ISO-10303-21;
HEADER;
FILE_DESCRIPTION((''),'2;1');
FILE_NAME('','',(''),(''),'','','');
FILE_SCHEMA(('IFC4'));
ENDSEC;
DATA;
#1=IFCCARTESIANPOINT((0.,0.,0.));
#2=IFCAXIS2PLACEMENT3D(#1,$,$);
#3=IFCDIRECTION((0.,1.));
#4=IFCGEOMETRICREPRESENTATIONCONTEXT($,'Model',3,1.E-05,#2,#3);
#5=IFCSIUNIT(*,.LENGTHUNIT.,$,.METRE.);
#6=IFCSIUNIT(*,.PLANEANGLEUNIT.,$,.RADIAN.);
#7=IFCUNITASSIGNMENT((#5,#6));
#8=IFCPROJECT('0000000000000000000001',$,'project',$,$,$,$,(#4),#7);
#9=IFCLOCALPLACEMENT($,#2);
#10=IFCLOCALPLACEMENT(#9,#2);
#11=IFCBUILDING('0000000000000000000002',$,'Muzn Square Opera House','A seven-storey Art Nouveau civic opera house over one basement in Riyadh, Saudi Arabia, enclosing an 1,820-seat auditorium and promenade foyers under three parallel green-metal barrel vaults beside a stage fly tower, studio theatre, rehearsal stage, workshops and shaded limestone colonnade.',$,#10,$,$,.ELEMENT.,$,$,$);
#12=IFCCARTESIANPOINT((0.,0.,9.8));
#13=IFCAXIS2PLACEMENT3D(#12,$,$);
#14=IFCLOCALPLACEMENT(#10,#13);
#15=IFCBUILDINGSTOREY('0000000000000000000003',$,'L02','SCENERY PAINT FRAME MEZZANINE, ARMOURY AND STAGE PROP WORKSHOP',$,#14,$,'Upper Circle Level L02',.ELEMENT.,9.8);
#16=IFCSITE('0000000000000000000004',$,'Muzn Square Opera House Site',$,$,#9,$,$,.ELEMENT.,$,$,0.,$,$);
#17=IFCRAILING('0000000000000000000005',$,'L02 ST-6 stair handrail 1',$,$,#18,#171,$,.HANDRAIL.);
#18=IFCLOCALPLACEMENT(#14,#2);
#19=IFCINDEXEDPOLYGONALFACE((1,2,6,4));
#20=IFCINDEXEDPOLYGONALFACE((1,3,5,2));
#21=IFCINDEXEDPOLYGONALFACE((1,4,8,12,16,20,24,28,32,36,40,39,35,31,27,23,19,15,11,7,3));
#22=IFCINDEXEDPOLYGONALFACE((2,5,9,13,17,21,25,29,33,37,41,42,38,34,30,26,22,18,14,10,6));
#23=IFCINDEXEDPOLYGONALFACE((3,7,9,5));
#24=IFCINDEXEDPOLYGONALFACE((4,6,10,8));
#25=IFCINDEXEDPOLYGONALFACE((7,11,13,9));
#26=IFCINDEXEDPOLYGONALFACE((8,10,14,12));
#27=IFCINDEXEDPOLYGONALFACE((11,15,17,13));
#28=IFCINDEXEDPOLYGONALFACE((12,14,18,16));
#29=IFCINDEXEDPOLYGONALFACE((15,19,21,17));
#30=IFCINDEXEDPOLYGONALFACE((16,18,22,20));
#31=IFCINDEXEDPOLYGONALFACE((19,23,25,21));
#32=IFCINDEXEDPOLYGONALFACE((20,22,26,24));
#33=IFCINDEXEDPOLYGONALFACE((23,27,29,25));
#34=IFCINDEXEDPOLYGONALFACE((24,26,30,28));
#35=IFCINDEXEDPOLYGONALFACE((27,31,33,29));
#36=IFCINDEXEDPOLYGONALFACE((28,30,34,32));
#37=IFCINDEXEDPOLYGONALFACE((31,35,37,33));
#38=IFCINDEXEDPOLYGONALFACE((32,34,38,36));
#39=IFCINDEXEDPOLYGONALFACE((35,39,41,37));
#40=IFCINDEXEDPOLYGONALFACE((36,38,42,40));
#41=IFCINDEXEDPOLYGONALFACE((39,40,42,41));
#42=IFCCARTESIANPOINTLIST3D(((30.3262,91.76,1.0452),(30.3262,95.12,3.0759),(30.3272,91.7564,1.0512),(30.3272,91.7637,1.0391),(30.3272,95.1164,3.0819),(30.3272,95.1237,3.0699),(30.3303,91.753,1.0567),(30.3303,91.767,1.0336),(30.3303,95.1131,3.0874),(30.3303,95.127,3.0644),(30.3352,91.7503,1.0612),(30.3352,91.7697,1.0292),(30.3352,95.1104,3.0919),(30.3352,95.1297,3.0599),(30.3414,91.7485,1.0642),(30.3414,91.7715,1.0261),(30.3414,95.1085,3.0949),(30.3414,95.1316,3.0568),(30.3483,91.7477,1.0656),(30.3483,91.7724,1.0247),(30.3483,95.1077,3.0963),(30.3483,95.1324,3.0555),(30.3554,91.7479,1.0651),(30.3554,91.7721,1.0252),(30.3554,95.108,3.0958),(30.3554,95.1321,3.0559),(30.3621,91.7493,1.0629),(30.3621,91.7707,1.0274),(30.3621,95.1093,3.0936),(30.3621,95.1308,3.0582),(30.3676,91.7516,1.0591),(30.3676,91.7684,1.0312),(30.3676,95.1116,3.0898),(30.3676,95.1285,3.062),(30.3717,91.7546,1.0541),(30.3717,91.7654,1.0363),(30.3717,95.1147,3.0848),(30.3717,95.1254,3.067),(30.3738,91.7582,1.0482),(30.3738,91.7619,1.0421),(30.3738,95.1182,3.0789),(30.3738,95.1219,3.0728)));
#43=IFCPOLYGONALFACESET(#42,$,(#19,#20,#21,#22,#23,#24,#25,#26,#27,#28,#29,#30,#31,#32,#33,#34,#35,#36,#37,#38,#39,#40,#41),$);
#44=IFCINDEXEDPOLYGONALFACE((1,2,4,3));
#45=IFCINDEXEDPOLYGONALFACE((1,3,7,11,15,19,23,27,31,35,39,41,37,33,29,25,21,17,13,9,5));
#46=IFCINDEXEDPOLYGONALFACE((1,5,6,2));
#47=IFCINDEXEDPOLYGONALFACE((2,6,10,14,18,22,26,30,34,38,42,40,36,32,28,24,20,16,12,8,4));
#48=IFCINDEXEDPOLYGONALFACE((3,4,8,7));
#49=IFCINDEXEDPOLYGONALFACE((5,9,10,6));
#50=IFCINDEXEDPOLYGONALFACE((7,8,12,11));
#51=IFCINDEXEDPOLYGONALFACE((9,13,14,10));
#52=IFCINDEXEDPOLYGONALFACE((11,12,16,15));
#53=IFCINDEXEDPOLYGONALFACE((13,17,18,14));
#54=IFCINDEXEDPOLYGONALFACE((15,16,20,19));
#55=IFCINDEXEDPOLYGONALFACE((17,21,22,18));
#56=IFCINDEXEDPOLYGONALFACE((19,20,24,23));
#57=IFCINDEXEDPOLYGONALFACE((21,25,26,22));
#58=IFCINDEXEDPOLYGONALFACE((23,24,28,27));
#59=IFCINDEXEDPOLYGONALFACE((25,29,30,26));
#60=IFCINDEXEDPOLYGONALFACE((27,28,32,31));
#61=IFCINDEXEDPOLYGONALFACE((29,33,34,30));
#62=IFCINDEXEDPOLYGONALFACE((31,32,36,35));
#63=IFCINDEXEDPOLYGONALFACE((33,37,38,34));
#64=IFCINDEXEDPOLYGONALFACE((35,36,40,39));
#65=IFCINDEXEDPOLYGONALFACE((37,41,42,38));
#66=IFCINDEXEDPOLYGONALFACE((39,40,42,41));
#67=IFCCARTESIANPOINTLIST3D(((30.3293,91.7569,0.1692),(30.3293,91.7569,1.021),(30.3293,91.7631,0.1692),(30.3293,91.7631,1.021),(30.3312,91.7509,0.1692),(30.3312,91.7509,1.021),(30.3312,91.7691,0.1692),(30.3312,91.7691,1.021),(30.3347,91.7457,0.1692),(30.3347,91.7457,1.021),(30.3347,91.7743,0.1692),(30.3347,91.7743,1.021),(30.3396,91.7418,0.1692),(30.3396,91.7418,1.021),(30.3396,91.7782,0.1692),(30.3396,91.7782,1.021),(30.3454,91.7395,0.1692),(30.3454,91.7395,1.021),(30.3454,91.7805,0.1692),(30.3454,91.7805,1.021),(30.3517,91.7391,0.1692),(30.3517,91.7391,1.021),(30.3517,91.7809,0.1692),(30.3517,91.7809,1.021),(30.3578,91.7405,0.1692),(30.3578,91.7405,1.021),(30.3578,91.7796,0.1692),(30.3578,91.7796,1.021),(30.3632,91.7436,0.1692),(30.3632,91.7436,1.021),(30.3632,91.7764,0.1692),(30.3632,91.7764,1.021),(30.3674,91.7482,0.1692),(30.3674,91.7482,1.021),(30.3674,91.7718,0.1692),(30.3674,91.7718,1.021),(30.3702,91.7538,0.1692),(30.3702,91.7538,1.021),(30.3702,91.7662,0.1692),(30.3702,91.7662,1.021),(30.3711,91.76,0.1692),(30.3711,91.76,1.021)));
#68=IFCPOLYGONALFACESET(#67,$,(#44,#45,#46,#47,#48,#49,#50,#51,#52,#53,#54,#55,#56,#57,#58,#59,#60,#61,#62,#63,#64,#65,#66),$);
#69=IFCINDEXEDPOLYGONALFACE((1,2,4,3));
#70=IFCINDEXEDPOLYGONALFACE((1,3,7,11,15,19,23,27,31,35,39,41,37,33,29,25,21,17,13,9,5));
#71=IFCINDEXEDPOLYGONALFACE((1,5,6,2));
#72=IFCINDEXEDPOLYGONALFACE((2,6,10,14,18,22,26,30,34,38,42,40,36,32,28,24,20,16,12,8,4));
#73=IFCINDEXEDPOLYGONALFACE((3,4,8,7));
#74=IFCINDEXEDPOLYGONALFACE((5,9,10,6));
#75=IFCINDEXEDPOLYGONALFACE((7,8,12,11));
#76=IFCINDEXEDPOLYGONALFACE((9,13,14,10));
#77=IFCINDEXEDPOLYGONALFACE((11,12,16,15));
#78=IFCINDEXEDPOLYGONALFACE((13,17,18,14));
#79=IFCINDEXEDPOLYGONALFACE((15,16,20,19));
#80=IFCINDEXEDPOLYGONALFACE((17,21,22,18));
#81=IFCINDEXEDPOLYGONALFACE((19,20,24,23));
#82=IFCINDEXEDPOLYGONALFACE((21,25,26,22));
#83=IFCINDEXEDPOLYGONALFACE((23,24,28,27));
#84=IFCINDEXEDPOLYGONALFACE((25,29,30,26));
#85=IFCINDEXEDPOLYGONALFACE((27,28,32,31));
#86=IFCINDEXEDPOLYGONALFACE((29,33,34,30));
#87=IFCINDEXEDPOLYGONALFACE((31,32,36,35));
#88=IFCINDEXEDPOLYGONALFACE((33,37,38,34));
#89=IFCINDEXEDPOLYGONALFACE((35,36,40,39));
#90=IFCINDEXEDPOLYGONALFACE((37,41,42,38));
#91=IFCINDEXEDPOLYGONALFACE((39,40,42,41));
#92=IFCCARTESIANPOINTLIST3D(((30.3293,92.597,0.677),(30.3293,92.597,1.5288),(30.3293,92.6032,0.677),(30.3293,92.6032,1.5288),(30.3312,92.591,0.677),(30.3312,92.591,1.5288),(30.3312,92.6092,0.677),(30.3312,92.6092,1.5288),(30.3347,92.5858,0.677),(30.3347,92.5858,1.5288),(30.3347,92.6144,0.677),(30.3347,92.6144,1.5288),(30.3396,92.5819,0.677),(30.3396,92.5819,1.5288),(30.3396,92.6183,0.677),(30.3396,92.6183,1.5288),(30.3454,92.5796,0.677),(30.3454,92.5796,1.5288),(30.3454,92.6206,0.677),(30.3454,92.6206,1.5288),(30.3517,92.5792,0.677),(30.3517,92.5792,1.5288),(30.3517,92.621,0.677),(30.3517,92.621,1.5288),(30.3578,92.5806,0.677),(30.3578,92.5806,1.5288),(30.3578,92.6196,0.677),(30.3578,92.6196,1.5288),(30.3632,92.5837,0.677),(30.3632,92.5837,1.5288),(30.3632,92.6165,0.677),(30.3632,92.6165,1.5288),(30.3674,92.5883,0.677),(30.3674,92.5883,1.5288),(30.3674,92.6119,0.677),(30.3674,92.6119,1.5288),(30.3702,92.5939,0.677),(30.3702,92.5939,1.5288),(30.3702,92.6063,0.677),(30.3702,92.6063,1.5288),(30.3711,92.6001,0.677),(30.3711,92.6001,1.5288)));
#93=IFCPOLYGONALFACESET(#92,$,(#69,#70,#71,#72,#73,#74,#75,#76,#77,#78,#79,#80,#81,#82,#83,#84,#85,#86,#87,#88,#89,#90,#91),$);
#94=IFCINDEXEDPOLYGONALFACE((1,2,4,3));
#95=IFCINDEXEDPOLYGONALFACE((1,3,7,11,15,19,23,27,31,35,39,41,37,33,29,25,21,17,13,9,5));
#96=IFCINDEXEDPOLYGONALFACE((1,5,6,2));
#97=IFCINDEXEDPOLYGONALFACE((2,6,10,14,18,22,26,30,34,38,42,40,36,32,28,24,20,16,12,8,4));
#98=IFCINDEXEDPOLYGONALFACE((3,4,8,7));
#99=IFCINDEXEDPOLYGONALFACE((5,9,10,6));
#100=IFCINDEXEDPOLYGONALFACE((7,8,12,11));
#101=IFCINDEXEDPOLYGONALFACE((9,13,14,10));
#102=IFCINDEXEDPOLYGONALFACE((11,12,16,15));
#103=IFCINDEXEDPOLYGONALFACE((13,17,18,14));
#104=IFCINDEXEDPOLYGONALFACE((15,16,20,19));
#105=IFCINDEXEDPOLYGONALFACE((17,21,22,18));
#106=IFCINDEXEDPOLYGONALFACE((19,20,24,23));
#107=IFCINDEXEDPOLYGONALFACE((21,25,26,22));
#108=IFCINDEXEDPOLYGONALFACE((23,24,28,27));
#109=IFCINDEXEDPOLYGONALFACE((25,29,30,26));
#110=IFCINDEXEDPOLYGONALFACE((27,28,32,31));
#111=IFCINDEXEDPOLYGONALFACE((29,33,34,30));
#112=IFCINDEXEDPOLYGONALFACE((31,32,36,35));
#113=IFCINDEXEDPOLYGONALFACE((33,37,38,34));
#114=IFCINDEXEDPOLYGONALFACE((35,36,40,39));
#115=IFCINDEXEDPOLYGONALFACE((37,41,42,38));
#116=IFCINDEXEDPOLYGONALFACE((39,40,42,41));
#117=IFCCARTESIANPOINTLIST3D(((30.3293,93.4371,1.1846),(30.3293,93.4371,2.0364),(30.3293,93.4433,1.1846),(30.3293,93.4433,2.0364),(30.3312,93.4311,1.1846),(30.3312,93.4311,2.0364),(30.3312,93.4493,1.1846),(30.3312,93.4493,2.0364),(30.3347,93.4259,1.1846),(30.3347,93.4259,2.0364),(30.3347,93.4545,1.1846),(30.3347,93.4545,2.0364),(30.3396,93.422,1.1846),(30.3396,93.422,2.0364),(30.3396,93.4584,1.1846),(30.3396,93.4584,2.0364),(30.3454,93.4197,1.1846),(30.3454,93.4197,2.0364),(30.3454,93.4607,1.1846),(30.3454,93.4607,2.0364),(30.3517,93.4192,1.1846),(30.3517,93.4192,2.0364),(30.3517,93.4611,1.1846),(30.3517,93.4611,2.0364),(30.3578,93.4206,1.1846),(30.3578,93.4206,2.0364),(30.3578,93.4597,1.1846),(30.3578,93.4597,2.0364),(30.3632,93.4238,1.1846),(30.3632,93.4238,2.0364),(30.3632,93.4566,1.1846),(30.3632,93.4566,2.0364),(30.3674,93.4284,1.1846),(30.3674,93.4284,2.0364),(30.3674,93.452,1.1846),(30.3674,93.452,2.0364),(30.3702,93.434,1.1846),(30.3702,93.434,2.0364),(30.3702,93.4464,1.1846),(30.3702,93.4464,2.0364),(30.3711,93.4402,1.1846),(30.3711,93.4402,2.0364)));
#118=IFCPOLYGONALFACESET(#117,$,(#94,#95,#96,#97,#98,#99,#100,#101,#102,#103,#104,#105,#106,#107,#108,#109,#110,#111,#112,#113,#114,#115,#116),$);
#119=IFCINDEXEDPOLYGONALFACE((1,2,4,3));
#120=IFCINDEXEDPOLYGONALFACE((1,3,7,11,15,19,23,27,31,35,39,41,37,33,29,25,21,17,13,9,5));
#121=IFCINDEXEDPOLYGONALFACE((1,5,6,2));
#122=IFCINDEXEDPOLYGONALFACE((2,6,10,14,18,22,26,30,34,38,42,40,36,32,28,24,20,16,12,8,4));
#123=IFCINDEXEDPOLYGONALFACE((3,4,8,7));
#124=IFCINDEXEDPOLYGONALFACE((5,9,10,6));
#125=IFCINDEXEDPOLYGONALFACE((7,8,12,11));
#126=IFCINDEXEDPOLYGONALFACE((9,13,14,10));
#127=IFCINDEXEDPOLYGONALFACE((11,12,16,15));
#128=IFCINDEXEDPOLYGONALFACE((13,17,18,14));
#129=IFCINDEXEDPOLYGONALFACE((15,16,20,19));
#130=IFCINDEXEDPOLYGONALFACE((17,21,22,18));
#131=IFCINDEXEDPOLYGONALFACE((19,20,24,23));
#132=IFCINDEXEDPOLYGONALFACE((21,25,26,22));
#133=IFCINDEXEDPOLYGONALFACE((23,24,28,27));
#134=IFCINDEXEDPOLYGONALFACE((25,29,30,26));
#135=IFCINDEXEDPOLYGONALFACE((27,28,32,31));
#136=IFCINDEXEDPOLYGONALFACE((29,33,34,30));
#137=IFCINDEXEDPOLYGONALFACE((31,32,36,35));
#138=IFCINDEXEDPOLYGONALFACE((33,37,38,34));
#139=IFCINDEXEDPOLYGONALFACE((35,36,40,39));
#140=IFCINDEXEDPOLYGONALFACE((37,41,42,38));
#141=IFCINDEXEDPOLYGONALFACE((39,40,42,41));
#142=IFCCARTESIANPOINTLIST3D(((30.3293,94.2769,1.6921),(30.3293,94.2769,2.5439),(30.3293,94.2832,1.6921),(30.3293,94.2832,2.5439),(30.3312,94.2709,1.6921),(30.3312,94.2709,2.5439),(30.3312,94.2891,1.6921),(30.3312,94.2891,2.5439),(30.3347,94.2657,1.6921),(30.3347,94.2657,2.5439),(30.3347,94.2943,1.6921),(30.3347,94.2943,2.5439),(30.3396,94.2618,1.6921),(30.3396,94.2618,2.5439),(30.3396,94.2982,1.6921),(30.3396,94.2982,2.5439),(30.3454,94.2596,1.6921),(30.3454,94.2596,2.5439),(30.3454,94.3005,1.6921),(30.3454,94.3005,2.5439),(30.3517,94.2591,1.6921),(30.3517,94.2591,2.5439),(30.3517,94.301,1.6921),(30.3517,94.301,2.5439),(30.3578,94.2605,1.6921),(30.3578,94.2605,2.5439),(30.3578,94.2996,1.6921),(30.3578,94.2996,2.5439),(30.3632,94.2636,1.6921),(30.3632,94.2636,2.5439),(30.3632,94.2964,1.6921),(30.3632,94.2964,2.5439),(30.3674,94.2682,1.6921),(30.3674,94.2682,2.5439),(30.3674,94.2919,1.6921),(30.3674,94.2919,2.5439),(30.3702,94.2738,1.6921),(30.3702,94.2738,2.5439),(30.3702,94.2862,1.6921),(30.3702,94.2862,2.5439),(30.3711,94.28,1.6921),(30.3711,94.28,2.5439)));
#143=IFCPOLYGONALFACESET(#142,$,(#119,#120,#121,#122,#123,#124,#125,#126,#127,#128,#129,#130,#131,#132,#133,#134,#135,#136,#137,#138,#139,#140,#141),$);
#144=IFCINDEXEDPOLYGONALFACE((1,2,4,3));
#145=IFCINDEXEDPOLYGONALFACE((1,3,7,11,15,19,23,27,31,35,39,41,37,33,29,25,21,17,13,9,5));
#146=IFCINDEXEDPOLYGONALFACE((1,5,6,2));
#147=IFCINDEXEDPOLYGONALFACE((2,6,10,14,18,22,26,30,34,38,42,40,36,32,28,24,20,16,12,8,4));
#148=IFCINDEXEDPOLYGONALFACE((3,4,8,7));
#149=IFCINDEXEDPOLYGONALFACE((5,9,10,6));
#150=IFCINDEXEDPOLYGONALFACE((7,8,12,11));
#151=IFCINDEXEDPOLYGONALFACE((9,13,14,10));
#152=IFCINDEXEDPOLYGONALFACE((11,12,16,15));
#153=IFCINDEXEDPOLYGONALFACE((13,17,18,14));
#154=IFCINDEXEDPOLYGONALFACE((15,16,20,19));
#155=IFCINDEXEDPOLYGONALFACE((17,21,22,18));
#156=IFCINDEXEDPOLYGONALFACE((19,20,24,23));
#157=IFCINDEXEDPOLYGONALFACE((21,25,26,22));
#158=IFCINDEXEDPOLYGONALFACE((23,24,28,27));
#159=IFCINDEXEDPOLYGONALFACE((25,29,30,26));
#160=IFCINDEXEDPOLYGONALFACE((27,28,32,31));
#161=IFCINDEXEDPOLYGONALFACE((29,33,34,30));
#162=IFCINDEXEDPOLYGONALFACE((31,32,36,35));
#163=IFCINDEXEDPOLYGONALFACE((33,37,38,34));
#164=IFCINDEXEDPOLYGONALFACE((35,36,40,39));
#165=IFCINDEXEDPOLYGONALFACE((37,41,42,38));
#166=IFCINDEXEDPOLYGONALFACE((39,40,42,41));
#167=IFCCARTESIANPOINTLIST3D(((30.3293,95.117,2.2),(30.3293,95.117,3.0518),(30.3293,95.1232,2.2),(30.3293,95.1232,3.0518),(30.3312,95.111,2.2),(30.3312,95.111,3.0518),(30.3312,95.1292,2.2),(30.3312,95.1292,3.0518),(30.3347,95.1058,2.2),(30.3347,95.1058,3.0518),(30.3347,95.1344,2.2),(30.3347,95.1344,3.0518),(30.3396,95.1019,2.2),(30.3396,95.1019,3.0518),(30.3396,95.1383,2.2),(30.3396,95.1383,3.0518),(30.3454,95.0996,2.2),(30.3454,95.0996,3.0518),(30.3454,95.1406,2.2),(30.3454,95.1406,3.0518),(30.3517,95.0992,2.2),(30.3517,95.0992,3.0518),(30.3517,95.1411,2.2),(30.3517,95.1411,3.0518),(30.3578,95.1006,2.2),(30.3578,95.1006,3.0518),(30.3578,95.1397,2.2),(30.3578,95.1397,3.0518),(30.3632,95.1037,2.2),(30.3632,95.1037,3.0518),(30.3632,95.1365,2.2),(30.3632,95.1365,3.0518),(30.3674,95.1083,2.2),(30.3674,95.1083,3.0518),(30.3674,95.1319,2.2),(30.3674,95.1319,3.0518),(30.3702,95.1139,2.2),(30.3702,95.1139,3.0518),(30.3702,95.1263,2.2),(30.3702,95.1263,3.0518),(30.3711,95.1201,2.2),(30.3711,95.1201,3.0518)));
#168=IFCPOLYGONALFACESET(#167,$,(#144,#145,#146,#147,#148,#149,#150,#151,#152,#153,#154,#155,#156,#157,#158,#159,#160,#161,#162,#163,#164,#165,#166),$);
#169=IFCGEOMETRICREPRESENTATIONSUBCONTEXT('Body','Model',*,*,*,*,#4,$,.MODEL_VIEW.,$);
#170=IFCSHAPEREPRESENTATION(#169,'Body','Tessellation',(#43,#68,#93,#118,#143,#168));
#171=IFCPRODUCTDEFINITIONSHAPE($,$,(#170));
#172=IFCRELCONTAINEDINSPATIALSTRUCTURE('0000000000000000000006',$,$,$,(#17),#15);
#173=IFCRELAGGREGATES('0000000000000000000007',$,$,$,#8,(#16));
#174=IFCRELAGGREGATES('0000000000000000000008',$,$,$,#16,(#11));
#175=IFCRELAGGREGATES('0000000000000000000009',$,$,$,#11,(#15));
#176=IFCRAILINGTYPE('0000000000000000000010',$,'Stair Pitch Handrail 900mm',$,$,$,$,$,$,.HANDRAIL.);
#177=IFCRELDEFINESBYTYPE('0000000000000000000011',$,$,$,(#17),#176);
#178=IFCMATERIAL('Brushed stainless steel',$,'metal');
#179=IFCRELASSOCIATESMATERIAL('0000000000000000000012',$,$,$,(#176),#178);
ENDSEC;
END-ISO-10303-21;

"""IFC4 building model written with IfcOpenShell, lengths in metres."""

from ifc_helpers import new_model, si_unit, direction, frame, origin, origin_2d, place, context, subcontext, project, spatial, circle, extrude, material, type_object, element, save


model = new_model("IFC4")

# Units and contexts
model_context = context("Model", 3, precision=1e-05, world=origin(), true_north=direction((0.0, 1.0)))
body_context = subcontext(model_context, "Body", "Model", "MODEL_VIEW")
ifc_project = project(units=[si_unit("LENGTHUNIT", "METRE"), si_unit("PLANEANGLEUNIT", "RADIAN")], contexts=[model_context])

# Site, building, storey
site_placement = place(None, origin())
site = spatial("IfcSite", under=ifc_project, at=site_placement, Name="Muzn Square Opera House Site", CompositionType="ELEMENT", RefElevation=0.0)
building_placement = place(site_placement, origin())
building = spatial("IfcBuilding", under=site, at=building_placement, Name="Muzn Square Opera House", Description="A seven-storey Art Nouveau civic opera house over one basement in Riyadh, Saudi Arabia, enclosing an 1,820-seat auditorium and promenade foyers under three parallel green-metal barrel vaults beside a stage fly tower, studio theatre, rehearsal stage, workshops and shaded limestone colonnade.", CompositionType="ELEMENT")
storey_placement = place(building_placement, frame((0.0, 0.0, 9.8)))
storey = spatial("IfcBuildingStorey", under=building, at=storey_placement, Name="L02", Description="SCENERY PAINT FRAME MEZZANINE, ARMOURY AND STAGE PROP WORKSHOP", LongName="Upper Circle Level L02", CompositionType="ELEMENT", Elevation=9.8)

# Railing
ifc_material_1 = material(Name="Brushed stainless steel", Category="metal")
railing_type_1 = type_object("IfcRailingType", Name="Stair Pitch Handrail 900mm", PredefinedType="HANDRAIL", material=ifc_material_1)
railing_1_placement = place(storey_placement, frame((30.3501, 91.76, 0.1692)))
element("IfcRailing", 1, at=railing_1_placement, inside=storey, type_object=railing_type_1, Name="L02 ST-6 stair handrail 1", PredefinedType="HANDRAIL", context=body_context, shape_type="SweptSolid", body=[
    extrude(circle(Radius=0.0239, at=origin_2d()), frame((0.0, 0.0, 0.876), z_axis=(0.0, 0.855837, 0.517246), x_axis=(-1.0, 0.0, 0.0)), (0.0, 0.0, 1.0), 3.926),
    extrude(circle(Radius=0.021, at=origin_2d()), origin(), (0.0, 0.0, 1.0), 0.8518),
    extrude(circle(Radius=0.021, at=origin_2d()), frame((0.0, 0.8401, 0.5078)), (0.0, 0.0, 1.0), 0.8518),
    extrude(circle(Radius=0.021, at=origin_2d()), frame((0.0, 1.6802, 1.0154)), (0.0, 0.0, 1.0), 0.8518),
    extrude(circle(Radius=0.021, at=origin_2d()), frame((0.0, 2.52, 1.5229)), (0.0, 0.0, 1.0), 0.8518),
    extrude(circle(Radius=0.021, at=origin_2d()), frame((0.0, 3.3601, 2.0308)), (0.0, 0.0, 1.0), 0.8518),
])

save(model, "model.ifc")
